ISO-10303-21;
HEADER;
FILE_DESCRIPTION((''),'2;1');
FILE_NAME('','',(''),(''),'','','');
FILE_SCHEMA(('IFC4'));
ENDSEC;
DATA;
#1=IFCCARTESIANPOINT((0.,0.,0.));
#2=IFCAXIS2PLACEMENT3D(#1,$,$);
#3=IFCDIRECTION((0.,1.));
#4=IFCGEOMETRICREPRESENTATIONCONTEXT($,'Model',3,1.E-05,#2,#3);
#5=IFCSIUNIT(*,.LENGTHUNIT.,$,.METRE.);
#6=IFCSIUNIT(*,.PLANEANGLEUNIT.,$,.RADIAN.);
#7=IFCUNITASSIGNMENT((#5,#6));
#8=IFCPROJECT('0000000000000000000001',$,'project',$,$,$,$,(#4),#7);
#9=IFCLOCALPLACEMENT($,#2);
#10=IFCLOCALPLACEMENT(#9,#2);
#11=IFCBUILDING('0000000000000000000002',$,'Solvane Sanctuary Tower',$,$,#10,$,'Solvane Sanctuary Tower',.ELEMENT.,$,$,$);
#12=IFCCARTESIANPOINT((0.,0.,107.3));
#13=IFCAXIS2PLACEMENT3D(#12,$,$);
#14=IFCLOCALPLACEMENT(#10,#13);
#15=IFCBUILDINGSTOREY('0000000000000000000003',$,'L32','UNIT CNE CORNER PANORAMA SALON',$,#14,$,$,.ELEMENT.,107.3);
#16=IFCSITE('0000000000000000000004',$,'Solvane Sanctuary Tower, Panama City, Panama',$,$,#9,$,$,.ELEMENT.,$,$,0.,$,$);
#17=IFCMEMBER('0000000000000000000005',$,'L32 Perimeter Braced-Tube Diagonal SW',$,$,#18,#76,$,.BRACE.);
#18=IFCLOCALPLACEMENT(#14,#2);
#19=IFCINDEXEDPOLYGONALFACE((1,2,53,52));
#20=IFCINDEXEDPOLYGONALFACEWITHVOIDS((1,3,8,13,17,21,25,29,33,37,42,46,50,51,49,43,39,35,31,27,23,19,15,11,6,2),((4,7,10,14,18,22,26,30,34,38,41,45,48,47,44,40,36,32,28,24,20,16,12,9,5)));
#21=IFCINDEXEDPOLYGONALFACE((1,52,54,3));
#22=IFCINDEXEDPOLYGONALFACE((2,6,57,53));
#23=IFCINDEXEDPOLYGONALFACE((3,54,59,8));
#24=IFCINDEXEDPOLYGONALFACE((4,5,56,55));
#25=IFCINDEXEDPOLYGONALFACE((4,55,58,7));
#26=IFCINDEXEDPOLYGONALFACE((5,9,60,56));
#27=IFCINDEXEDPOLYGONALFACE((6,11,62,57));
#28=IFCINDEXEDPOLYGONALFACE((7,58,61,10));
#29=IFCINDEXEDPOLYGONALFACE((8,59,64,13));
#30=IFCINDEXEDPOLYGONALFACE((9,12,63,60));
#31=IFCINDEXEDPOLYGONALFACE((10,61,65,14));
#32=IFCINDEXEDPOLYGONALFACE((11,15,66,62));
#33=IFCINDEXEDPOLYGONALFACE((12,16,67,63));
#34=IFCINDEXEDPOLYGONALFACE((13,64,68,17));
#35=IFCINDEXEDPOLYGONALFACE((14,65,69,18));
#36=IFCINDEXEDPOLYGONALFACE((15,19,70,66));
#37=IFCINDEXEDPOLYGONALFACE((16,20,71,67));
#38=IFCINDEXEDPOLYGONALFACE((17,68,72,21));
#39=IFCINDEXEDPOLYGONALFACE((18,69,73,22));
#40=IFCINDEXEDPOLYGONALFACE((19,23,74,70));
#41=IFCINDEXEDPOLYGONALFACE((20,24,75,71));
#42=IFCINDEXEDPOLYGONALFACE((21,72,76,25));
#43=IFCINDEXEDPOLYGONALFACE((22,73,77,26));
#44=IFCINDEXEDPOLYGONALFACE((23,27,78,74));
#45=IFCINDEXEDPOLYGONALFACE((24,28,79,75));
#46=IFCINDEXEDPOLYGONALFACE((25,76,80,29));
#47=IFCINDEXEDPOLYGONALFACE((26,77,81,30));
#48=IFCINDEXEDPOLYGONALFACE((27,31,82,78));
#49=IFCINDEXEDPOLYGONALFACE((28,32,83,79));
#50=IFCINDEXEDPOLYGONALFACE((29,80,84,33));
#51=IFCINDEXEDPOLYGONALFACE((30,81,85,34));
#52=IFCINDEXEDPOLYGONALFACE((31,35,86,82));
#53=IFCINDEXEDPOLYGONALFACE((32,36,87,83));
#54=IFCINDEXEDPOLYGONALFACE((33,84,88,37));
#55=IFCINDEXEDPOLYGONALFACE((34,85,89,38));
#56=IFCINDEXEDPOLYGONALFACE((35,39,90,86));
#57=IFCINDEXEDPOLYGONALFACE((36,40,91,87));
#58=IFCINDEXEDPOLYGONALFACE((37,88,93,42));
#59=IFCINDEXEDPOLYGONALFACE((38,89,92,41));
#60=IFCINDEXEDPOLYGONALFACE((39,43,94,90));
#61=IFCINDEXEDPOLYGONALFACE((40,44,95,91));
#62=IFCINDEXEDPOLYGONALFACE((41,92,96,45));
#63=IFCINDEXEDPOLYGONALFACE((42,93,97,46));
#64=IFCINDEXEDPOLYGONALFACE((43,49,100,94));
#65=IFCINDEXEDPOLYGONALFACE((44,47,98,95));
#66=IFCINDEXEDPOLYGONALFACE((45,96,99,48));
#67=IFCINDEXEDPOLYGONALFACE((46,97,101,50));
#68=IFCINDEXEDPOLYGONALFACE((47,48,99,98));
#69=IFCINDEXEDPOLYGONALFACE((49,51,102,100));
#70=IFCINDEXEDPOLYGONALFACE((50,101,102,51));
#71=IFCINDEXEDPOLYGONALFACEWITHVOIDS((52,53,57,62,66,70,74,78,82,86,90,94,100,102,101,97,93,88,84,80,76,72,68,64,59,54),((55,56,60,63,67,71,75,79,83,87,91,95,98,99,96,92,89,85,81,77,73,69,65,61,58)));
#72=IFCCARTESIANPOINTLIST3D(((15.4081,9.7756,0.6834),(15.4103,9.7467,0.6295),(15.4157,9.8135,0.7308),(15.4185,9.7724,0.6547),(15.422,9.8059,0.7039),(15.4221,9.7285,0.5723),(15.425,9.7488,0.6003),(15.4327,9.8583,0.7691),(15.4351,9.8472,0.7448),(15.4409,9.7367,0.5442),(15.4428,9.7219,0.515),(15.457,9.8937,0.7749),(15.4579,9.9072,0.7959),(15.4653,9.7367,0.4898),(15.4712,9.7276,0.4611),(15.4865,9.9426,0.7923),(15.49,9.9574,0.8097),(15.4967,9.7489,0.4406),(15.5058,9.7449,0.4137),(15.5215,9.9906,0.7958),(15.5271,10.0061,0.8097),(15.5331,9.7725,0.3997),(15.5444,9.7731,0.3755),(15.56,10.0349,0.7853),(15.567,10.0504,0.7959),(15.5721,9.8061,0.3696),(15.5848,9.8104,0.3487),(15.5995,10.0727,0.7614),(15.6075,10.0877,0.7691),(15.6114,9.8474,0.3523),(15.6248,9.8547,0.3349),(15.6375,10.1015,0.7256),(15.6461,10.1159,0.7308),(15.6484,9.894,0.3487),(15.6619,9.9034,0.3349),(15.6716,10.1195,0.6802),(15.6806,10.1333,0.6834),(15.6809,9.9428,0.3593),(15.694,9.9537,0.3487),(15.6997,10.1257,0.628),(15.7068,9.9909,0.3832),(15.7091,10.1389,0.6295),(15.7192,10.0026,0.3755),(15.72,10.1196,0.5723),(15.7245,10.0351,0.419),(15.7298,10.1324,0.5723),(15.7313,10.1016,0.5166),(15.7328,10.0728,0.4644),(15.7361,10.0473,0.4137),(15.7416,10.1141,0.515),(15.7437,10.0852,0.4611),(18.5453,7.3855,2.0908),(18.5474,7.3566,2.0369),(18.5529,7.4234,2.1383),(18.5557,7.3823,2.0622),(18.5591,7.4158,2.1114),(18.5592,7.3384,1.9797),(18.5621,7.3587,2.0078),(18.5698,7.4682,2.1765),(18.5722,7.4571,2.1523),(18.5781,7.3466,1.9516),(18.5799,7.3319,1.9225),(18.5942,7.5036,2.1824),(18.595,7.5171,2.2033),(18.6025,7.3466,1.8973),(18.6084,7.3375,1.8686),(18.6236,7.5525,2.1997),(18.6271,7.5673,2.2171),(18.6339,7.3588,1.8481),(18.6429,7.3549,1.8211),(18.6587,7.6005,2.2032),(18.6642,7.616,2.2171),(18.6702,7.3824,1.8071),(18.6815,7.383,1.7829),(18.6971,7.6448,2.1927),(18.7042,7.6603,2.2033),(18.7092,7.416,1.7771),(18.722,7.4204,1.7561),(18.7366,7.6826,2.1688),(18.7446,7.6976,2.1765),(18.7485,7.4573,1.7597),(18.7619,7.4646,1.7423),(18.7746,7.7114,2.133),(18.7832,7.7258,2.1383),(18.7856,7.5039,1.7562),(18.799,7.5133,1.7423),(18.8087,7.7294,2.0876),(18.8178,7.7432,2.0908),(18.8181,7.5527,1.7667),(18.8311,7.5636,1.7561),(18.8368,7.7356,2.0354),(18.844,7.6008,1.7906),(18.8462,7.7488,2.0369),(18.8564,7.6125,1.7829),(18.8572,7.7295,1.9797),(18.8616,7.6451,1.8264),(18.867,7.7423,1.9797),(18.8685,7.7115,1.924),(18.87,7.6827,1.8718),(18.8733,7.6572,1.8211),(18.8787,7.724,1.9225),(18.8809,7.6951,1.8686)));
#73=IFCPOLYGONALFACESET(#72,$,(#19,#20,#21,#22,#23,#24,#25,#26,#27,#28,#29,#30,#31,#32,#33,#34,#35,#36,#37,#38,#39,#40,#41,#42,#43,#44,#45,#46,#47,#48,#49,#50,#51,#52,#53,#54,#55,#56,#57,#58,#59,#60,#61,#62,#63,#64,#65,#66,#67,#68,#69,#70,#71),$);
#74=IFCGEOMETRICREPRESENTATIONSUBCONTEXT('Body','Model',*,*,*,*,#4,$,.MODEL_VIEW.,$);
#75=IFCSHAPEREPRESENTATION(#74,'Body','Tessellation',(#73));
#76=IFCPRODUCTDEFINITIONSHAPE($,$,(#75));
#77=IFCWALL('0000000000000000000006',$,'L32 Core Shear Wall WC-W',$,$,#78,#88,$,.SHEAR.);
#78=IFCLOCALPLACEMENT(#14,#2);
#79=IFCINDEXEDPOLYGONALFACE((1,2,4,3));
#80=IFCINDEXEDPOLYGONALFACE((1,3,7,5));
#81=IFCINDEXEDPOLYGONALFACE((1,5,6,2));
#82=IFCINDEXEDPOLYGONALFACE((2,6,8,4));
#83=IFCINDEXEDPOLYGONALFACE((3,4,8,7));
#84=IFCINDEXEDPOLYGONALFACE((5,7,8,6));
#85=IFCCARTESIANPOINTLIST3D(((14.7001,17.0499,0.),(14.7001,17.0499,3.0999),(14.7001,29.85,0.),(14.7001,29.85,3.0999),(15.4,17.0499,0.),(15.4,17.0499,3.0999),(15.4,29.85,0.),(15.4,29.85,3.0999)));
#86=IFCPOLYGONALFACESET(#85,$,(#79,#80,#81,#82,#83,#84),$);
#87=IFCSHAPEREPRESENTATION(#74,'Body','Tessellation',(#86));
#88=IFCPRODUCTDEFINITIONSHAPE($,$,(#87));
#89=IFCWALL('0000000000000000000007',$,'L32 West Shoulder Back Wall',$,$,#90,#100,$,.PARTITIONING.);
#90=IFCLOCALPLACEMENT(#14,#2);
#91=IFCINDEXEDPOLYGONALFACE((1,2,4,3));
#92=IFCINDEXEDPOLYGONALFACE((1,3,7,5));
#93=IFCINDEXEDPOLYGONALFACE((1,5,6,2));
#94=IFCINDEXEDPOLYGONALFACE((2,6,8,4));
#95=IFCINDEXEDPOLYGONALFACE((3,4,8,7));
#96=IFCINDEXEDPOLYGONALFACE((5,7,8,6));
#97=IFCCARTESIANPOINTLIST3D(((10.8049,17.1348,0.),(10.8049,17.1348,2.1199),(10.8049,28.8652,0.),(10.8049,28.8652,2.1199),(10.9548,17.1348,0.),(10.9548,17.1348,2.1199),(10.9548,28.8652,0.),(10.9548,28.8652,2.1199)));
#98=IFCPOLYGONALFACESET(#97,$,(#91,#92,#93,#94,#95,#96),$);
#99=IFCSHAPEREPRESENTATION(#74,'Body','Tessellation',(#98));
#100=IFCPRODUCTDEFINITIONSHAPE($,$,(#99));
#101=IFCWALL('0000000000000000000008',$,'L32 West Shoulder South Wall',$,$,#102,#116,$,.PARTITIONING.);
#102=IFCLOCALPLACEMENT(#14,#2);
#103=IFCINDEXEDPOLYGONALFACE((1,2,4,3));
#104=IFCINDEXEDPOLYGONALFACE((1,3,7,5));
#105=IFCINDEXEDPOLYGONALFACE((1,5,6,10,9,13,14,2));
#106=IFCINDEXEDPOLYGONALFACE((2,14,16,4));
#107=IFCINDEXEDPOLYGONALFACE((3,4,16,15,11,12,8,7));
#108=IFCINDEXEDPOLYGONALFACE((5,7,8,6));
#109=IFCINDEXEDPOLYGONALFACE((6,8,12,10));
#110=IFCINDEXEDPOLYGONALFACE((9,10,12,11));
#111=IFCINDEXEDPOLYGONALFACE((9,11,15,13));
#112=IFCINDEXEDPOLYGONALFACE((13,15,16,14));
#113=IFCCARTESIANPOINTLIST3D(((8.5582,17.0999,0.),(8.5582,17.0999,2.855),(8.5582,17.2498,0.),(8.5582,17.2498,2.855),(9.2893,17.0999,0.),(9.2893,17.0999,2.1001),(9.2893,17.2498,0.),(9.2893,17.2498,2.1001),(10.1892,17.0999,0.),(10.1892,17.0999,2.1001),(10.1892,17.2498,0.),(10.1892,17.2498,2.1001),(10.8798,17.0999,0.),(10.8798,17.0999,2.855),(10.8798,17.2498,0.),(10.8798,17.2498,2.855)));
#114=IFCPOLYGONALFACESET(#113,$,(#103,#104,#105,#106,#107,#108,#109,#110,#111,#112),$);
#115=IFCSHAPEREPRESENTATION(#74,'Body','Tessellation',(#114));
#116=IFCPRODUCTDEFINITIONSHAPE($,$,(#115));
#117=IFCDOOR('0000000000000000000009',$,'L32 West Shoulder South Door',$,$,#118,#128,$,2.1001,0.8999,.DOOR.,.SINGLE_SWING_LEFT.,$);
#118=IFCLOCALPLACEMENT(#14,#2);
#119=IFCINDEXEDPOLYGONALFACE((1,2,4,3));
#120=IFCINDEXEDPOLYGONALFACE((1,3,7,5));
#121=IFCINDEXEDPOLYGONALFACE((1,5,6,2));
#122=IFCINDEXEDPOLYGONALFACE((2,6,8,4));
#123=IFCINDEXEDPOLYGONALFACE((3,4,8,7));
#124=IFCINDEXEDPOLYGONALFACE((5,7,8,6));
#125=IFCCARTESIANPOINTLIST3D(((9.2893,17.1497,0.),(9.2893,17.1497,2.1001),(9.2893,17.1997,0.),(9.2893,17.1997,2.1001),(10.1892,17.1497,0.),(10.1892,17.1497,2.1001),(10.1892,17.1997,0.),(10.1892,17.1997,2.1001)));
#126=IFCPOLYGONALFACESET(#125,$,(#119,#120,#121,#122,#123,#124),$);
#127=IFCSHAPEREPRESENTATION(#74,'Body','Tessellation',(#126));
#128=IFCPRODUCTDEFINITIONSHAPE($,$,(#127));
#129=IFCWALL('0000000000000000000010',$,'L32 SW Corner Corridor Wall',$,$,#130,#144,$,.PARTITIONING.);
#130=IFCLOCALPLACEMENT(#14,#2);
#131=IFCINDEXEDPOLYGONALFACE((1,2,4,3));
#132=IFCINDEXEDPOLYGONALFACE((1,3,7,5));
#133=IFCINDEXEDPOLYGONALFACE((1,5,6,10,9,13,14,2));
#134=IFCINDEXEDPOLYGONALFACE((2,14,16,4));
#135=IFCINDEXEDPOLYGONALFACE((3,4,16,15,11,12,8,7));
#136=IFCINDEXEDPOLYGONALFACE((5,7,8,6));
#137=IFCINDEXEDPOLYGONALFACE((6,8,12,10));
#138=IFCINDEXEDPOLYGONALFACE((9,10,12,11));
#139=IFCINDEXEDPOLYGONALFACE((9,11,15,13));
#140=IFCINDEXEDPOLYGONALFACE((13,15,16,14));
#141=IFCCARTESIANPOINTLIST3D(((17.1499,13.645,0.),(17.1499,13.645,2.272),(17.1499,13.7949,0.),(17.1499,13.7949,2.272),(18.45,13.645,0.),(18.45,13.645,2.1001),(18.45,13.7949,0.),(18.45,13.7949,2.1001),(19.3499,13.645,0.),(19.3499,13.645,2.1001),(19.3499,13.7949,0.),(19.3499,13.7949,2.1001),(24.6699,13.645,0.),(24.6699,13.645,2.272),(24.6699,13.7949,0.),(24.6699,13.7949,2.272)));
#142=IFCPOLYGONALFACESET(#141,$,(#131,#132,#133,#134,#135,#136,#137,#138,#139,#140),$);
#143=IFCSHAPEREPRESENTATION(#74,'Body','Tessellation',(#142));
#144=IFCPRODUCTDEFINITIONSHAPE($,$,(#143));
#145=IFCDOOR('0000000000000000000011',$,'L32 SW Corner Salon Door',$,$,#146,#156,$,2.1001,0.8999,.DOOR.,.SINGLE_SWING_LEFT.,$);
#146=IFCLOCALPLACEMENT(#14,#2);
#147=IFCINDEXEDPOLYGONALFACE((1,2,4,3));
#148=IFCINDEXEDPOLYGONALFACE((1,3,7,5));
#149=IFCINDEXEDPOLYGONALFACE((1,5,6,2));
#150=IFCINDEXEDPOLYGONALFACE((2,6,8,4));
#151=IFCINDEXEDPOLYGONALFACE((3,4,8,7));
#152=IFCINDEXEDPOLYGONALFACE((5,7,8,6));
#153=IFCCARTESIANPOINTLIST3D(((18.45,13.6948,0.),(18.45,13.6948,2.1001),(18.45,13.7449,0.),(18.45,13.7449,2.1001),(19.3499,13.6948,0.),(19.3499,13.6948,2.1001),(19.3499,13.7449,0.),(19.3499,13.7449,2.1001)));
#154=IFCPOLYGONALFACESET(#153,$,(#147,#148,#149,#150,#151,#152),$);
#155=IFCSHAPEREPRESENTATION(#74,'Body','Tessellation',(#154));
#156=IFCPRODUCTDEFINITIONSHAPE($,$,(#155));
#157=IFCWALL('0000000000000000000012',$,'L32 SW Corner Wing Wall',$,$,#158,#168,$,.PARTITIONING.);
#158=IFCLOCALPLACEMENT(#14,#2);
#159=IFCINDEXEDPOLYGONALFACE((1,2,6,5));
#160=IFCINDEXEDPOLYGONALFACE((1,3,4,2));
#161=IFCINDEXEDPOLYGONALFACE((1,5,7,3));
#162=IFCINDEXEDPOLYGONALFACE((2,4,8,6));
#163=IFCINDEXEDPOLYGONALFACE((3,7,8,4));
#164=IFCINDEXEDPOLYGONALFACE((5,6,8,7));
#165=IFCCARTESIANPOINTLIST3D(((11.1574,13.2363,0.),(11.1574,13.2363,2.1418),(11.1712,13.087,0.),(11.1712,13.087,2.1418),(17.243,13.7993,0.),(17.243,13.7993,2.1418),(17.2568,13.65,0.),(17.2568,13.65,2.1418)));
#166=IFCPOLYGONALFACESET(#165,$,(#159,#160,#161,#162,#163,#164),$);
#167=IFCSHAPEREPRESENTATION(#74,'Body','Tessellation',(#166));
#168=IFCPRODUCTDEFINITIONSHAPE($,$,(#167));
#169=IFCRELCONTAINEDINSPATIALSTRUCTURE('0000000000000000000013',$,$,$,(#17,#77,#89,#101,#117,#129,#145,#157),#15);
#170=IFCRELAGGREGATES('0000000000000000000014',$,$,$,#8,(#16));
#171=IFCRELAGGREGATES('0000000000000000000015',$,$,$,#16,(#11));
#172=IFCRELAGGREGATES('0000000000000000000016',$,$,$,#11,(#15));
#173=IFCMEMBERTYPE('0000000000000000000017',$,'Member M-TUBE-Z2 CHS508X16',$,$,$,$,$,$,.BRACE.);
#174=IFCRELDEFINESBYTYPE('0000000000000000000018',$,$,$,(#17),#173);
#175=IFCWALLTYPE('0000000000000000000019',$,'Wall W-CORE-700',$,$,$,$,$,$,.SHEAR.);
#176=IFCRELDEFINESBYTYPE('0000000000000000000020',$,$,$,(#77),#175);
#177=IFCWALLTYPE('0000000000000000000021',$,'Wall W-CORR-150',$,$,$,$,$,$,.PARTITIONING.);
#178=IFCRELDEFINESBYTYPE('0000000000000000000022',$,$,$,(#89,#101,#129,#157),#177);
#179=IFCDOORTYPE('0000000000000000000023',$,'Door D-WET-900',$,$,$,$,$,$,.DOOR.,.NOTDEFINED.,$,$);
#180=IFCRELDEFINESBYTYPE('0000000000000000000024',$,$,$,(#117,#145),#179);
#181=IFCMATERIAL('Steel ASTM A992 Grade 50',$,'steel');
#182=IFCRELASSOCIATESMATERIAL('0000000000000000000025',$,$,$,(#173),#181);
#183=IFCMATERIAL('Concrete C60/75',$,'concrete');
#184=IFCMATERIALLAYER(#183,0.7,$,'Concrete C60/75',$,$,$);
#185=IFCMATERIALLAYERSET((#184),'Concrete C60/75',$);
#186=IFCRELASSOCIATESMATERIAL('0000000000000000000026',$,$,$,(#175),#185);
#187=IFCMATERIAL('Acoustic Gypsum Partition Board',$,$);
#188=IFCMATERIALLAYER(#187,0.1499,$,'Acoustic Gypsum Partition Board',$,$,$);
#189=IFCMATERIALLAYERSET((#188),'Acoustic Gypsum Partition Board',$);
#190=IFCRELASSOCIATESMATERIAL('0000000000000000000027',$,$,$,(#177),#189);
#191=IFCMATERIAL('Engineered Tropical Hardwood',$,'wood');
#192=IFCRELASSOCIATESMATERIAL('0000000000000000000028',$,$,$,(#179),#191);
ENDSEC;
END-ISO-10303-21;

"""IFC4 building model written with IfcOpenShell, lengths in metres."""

from ifc_helpers import new_model, si_unit, direction, frame, frame_2d, origin, origin_2d, place, context, subcontext, project, spatial, rectangle, hollow_circle, extrude, material, layer, layer_set, material_profile, profile_set, type_object, element, fill, save


model = new_model("IFC4")

# Units and contexts
model_context = context("Model", 3, precision=1e-05, world=origin(), true_north=direction((0.0, 1.0)))
body_context = subcontext(model_context, "Body", "Model", "MODEL_VIEW")
ifc_project = project(units=[si_unit("LENGTHUNIT", "METRE"), si_unit("PLANEANGLEUNIT", "RADIAN")], contexts=[model_context])

# Site, building, storey
site_placement = place(None, origin())
site = spatial("IfcSite", under=ifc_project, at=site_placement, Name="Solvane Sanctuary Tower, Panama City, Panama", CompositionType="ELEMENT", RefElevation=0.0)
building_placement = place(site_placement, origin())
building = spatial("IfcBuilding", under=site, at=building_placement, Name="Solvane Sanctuary Tower", LongName="Solvane Sanctuary Tower", CompositionType="ELEMENT")
storey_placement = place(building_placement, frame((0.0, 0.0, 107.3)))
storey = spatial("IfcBuildingStorey", under=building, at=storey_placement, Name="L32", Description="UNIT CNE CORNER PANORAMA SALON", CompositionType="ELEMENT", Elevation=107.3)

# Shared definitions
ifc_material_1 = material(Name="Concrete C60/75", Category="concrete")

# Shared definitions
ifc_material_2 = material(Name="Steel ASTM A992 Grade 50", Category="steel")

# Member
ifc_material_profile_1 = material_profile(ifc_material_2, hollow_circle(Radius=0.2539, WallThickness=0.0161, at=origin_2d()), Name="CHS508X16")
ifc_profile_set_1 = profile_set([ifc_material_profile_1], Name="Steel ASTM A992 Grade 50")
member_type = type_object("IfcMemberType", Name="Member M-TUBE-Z2 CHS508X16", PredefinedType="BRACE", material=ifc_profile_set_1)
member_placement = place(storey_placement, frame((15.5759, 9.9304, 0.5723), z_axis=(0.74917, -0.570769, 0.336106), x_axis=(0.606025, 0.795446, 0.0)))
element("IfcMember", 1, at=member_placement, inside=storey, type_object=member_type, Name="L32 Perimeter Braced-Tube Diagonal SW", PredefinedType="BRACE", context=body_context, shape_type="SweptSolid", body=[
    extrude(hollow_circle(Radius=0.2539, WallThickness=0.0161, at=origin_2d()), origin(), (0.0, 0.0, 1.0), 4.1875),
])

# Walls
ifc_layer_1 = layer(ifc_material_1, 0.7, Name="Concrete C60/75")
ifc_layer_set_1 = layer_set([ifc_layer_1], Name="Concrete C60/75")
wall_type_1 = type_object("IfcWallType", Name="Wall W-CORE-700", PredefinedType="SHEAR", material=ifc_layer_set_1)
wall_1_placement = place(storey_placement, frame((15.05, 17.05, 0.0), z_axis=(0.0, 0.0, 1.0), x_axis=(0.0, 1.0, 0.0)))
element("IfcWall", 2, at=wall_1_placement, inside=storey, type_object=wall_type_1, Name="L32 Core Shear Wall WC-W", PredefinedType="SHEAR", context=body_context, shape_type="SweptSolid", body=[
    extrude(rectangle(XDim=12.8, YDim=0.7, at=frame_2d((6.3999, 0.0))), origin(), (0.0, 0.0, 1.0), 3.0999),
])
ifc_material_3 = material(Name="Acoustic Gypsum Partition Board")
ifc_layer_2 = layer(ifc_material_3, 0.1499, Name="Acoustic Gypsum Partition Board")
ifc_layer_set_2 = layer_set([ifc_layer_2], Name="Acoustic Gypsum Partition Board")
wall_type_2 = type_object("IfcWallType", Name="Wall W-CORR-150", PredefinedType="PARTITIONING", material=ifc_layer_set_2)
wall_2_placement = place(storey_placement, frame((10.8799, 17.1348, 0.0), z_axis=(0.0, 0.0, 1.0), x_axis=(0.0, 1.0, 0.0)))
element("IfcWall", 3, at=wall_2_placement, inside=storey, type_object=wall_type_2, Name="L32 West Shoulder Back Wall", PredefinedType="PARTITIONING", context=body_context, shape_type="SweptSolid", body=[
    extrude(rectangle(XDim=11.7305, YDim=0.1499, at=frame_2d((5.8652, 0.0))), origin(), (0.0, 0.0, 1.0), 2.1199),
])

# Walls, openings, doors
wall_3_placement = place(storey_placement, frame((8.5583, 17.1748, 0.0), z_axis=(0.0, 0.0, 1.0), x_axis=(1.0, 0.0, 0.0)))
wall_3 = element("IfcWall", 4, at=wall_3_placement, inside=storey, type_object=wall_type_2, Name="L32 West Shoulder South Wall", PredefinedType="PARTITIONING", context=body_context, shape_type="SweptSolid", body=[
    extrude(rectangle(XDim=2.3215, YDim=0.1499, at=frame_2d((1.1606, 0.0))), origin(), (0.0, 0.0, 1.0), 2.855),
])
opening_1_placement = place(wall_3_placement, frame((0.731, 0.0, 0.0)))
opening_1 = element("IfcOpeningElement", 5, at=opening_1_placement, cuts=wall_3, PredefinedType="OPENING", context=body_context, shape_type="SweptSolid", body=[
    extrude(rectangle(XDim=0.8999, YDim=2.1001, at=frame_2d((0.45, 1.05))), frame((0.0, 0.085, 0.0), z_axis=(0.0, -1.0, 0.0), x_axis=(1.0, 0.0, 0.0)), (0.0, 0.0, 1.0), 0.1699),
])
ifc_material_4 = material(Name="Engineered Tropical Hardwood", Category="wood")
door_type_1 = type_object("IfcDoorType", Name="Door D-WET-900", OperationType="NOTDEFINED", PredefinedType="DOOR", material=ifc_material_4)
door_1_placement = place(opening_1_placement, origin())
door_1 = element("IfcDoor", 6, at=door_1_placement, inside=storey, type_object=door_type_1, Name="L32 West Shoulder South Door", OperationType="SINGLE_SWING_LEFT", OverallHeight=2.1001, OverallWidth=0.8999, PredefinedType="DOOR", context=body_context, shape_type="SweptSolid", body=[
    extrude(rectangle(XDim=0.8999, YDim=2.1001, at=frame_2d((0.45, 1.05))), frame((0.0, 0.0249, 0.0), z_axis=(0.0, -1.0, 0.0), x_axis=(1.0, 0.0, 0.0)), (0.0, 0.0, 1.0), 0.05),
])
fill(opening_1, door_1)
wall_4_placement = place(storey_placement, frame((17.1499, 13.72, 0.0), z_axis=(0.0, 0.0, 1.0), x_axis=(1.0, 0.0, 0.0)))
wall_4 = element("IfcWall", 7, at=wall_4_placement, inside=storey, type_object=wall_type_2, Name="L32 SW Corner Corridor Wall", PredefinedType="PARTITIONING", context=body_context, shape_type="SweptSolid", body=[
    extrude(rectangle(XDim=7.52, YDim=0.1499, at=frame_2d((3.76, 0.0))), origin(), (0.0, 0.0, 1.0), 2.272),
])
opening_2_placement = place(wall_4_placement, frame((1.3, 0.0, 0.0)))
opening_2 = element("IfcOpeningElement", 8, at=opening_2_placement, cuts=wall_4, PredefinedType="OPENING", context=body_context, shape_type="SweptSolid", body=[
    extrude(rectangle(XDim=0.8999, YDim=2.1001, at=frame_2d((0.45, 1.05))), frame((0.0, 0.085, 0.0), z_axis=(0.0, -1.0, 0.0), x_axis=(1.0, 0.0, 0.0)), (0.0, 0.0, 1.0), 0.1699),
])
door_2_placement = place(opening_2_placement, origin())
door_2 = element("IfcDoor", 9, at=door_2_placement, inside=storey, type_object=door_type_1, Name="L32 SW Corner Salon Door", OperationType="SINGLE_SWING_LEFT", OverallHeight=2.1001, OverallWidth=0.8999, PredefinedType="DOOR", context=body_context, shape_type="SweptSolid", body=[
    extrude(rectangle(XDim=0.8999, YDim=2.1001, at=frame_2d((0.45, 1.05))), frame((0.0, 0.0249, 0.0), z_axis=(0.0, -1.0, 0.0), x_axis=(1.0, 0.0, 0.0)), (0.0, 0.0, 1.0), 0.05),
])
fill(opening_2, door_2)

# Wall
wall_5_placement = place(storey_placement, frame((17.2498, 13.7246, 0.0), z_axis=(0.0, 0.0, 1.0), x_axis=(-0.995748, -0.092117, 0.0)))
element("IfcWall", 10, at=wall_5_placement, inside=storey, type_object=wall_type_2, Name="L32 SW Corner Wing Wall", PredefinedType="PARTITIONING", context=body_context, shape_type="SweptSolid", body=[
    extrude(rectangle(XDim=6.1116, YDim=0.1499, at=frame_2d((3.0557, 0.0))), origin(), (0.0, 0.0, 1.0), 2.1418),
])

save(model, "model.ifc")
